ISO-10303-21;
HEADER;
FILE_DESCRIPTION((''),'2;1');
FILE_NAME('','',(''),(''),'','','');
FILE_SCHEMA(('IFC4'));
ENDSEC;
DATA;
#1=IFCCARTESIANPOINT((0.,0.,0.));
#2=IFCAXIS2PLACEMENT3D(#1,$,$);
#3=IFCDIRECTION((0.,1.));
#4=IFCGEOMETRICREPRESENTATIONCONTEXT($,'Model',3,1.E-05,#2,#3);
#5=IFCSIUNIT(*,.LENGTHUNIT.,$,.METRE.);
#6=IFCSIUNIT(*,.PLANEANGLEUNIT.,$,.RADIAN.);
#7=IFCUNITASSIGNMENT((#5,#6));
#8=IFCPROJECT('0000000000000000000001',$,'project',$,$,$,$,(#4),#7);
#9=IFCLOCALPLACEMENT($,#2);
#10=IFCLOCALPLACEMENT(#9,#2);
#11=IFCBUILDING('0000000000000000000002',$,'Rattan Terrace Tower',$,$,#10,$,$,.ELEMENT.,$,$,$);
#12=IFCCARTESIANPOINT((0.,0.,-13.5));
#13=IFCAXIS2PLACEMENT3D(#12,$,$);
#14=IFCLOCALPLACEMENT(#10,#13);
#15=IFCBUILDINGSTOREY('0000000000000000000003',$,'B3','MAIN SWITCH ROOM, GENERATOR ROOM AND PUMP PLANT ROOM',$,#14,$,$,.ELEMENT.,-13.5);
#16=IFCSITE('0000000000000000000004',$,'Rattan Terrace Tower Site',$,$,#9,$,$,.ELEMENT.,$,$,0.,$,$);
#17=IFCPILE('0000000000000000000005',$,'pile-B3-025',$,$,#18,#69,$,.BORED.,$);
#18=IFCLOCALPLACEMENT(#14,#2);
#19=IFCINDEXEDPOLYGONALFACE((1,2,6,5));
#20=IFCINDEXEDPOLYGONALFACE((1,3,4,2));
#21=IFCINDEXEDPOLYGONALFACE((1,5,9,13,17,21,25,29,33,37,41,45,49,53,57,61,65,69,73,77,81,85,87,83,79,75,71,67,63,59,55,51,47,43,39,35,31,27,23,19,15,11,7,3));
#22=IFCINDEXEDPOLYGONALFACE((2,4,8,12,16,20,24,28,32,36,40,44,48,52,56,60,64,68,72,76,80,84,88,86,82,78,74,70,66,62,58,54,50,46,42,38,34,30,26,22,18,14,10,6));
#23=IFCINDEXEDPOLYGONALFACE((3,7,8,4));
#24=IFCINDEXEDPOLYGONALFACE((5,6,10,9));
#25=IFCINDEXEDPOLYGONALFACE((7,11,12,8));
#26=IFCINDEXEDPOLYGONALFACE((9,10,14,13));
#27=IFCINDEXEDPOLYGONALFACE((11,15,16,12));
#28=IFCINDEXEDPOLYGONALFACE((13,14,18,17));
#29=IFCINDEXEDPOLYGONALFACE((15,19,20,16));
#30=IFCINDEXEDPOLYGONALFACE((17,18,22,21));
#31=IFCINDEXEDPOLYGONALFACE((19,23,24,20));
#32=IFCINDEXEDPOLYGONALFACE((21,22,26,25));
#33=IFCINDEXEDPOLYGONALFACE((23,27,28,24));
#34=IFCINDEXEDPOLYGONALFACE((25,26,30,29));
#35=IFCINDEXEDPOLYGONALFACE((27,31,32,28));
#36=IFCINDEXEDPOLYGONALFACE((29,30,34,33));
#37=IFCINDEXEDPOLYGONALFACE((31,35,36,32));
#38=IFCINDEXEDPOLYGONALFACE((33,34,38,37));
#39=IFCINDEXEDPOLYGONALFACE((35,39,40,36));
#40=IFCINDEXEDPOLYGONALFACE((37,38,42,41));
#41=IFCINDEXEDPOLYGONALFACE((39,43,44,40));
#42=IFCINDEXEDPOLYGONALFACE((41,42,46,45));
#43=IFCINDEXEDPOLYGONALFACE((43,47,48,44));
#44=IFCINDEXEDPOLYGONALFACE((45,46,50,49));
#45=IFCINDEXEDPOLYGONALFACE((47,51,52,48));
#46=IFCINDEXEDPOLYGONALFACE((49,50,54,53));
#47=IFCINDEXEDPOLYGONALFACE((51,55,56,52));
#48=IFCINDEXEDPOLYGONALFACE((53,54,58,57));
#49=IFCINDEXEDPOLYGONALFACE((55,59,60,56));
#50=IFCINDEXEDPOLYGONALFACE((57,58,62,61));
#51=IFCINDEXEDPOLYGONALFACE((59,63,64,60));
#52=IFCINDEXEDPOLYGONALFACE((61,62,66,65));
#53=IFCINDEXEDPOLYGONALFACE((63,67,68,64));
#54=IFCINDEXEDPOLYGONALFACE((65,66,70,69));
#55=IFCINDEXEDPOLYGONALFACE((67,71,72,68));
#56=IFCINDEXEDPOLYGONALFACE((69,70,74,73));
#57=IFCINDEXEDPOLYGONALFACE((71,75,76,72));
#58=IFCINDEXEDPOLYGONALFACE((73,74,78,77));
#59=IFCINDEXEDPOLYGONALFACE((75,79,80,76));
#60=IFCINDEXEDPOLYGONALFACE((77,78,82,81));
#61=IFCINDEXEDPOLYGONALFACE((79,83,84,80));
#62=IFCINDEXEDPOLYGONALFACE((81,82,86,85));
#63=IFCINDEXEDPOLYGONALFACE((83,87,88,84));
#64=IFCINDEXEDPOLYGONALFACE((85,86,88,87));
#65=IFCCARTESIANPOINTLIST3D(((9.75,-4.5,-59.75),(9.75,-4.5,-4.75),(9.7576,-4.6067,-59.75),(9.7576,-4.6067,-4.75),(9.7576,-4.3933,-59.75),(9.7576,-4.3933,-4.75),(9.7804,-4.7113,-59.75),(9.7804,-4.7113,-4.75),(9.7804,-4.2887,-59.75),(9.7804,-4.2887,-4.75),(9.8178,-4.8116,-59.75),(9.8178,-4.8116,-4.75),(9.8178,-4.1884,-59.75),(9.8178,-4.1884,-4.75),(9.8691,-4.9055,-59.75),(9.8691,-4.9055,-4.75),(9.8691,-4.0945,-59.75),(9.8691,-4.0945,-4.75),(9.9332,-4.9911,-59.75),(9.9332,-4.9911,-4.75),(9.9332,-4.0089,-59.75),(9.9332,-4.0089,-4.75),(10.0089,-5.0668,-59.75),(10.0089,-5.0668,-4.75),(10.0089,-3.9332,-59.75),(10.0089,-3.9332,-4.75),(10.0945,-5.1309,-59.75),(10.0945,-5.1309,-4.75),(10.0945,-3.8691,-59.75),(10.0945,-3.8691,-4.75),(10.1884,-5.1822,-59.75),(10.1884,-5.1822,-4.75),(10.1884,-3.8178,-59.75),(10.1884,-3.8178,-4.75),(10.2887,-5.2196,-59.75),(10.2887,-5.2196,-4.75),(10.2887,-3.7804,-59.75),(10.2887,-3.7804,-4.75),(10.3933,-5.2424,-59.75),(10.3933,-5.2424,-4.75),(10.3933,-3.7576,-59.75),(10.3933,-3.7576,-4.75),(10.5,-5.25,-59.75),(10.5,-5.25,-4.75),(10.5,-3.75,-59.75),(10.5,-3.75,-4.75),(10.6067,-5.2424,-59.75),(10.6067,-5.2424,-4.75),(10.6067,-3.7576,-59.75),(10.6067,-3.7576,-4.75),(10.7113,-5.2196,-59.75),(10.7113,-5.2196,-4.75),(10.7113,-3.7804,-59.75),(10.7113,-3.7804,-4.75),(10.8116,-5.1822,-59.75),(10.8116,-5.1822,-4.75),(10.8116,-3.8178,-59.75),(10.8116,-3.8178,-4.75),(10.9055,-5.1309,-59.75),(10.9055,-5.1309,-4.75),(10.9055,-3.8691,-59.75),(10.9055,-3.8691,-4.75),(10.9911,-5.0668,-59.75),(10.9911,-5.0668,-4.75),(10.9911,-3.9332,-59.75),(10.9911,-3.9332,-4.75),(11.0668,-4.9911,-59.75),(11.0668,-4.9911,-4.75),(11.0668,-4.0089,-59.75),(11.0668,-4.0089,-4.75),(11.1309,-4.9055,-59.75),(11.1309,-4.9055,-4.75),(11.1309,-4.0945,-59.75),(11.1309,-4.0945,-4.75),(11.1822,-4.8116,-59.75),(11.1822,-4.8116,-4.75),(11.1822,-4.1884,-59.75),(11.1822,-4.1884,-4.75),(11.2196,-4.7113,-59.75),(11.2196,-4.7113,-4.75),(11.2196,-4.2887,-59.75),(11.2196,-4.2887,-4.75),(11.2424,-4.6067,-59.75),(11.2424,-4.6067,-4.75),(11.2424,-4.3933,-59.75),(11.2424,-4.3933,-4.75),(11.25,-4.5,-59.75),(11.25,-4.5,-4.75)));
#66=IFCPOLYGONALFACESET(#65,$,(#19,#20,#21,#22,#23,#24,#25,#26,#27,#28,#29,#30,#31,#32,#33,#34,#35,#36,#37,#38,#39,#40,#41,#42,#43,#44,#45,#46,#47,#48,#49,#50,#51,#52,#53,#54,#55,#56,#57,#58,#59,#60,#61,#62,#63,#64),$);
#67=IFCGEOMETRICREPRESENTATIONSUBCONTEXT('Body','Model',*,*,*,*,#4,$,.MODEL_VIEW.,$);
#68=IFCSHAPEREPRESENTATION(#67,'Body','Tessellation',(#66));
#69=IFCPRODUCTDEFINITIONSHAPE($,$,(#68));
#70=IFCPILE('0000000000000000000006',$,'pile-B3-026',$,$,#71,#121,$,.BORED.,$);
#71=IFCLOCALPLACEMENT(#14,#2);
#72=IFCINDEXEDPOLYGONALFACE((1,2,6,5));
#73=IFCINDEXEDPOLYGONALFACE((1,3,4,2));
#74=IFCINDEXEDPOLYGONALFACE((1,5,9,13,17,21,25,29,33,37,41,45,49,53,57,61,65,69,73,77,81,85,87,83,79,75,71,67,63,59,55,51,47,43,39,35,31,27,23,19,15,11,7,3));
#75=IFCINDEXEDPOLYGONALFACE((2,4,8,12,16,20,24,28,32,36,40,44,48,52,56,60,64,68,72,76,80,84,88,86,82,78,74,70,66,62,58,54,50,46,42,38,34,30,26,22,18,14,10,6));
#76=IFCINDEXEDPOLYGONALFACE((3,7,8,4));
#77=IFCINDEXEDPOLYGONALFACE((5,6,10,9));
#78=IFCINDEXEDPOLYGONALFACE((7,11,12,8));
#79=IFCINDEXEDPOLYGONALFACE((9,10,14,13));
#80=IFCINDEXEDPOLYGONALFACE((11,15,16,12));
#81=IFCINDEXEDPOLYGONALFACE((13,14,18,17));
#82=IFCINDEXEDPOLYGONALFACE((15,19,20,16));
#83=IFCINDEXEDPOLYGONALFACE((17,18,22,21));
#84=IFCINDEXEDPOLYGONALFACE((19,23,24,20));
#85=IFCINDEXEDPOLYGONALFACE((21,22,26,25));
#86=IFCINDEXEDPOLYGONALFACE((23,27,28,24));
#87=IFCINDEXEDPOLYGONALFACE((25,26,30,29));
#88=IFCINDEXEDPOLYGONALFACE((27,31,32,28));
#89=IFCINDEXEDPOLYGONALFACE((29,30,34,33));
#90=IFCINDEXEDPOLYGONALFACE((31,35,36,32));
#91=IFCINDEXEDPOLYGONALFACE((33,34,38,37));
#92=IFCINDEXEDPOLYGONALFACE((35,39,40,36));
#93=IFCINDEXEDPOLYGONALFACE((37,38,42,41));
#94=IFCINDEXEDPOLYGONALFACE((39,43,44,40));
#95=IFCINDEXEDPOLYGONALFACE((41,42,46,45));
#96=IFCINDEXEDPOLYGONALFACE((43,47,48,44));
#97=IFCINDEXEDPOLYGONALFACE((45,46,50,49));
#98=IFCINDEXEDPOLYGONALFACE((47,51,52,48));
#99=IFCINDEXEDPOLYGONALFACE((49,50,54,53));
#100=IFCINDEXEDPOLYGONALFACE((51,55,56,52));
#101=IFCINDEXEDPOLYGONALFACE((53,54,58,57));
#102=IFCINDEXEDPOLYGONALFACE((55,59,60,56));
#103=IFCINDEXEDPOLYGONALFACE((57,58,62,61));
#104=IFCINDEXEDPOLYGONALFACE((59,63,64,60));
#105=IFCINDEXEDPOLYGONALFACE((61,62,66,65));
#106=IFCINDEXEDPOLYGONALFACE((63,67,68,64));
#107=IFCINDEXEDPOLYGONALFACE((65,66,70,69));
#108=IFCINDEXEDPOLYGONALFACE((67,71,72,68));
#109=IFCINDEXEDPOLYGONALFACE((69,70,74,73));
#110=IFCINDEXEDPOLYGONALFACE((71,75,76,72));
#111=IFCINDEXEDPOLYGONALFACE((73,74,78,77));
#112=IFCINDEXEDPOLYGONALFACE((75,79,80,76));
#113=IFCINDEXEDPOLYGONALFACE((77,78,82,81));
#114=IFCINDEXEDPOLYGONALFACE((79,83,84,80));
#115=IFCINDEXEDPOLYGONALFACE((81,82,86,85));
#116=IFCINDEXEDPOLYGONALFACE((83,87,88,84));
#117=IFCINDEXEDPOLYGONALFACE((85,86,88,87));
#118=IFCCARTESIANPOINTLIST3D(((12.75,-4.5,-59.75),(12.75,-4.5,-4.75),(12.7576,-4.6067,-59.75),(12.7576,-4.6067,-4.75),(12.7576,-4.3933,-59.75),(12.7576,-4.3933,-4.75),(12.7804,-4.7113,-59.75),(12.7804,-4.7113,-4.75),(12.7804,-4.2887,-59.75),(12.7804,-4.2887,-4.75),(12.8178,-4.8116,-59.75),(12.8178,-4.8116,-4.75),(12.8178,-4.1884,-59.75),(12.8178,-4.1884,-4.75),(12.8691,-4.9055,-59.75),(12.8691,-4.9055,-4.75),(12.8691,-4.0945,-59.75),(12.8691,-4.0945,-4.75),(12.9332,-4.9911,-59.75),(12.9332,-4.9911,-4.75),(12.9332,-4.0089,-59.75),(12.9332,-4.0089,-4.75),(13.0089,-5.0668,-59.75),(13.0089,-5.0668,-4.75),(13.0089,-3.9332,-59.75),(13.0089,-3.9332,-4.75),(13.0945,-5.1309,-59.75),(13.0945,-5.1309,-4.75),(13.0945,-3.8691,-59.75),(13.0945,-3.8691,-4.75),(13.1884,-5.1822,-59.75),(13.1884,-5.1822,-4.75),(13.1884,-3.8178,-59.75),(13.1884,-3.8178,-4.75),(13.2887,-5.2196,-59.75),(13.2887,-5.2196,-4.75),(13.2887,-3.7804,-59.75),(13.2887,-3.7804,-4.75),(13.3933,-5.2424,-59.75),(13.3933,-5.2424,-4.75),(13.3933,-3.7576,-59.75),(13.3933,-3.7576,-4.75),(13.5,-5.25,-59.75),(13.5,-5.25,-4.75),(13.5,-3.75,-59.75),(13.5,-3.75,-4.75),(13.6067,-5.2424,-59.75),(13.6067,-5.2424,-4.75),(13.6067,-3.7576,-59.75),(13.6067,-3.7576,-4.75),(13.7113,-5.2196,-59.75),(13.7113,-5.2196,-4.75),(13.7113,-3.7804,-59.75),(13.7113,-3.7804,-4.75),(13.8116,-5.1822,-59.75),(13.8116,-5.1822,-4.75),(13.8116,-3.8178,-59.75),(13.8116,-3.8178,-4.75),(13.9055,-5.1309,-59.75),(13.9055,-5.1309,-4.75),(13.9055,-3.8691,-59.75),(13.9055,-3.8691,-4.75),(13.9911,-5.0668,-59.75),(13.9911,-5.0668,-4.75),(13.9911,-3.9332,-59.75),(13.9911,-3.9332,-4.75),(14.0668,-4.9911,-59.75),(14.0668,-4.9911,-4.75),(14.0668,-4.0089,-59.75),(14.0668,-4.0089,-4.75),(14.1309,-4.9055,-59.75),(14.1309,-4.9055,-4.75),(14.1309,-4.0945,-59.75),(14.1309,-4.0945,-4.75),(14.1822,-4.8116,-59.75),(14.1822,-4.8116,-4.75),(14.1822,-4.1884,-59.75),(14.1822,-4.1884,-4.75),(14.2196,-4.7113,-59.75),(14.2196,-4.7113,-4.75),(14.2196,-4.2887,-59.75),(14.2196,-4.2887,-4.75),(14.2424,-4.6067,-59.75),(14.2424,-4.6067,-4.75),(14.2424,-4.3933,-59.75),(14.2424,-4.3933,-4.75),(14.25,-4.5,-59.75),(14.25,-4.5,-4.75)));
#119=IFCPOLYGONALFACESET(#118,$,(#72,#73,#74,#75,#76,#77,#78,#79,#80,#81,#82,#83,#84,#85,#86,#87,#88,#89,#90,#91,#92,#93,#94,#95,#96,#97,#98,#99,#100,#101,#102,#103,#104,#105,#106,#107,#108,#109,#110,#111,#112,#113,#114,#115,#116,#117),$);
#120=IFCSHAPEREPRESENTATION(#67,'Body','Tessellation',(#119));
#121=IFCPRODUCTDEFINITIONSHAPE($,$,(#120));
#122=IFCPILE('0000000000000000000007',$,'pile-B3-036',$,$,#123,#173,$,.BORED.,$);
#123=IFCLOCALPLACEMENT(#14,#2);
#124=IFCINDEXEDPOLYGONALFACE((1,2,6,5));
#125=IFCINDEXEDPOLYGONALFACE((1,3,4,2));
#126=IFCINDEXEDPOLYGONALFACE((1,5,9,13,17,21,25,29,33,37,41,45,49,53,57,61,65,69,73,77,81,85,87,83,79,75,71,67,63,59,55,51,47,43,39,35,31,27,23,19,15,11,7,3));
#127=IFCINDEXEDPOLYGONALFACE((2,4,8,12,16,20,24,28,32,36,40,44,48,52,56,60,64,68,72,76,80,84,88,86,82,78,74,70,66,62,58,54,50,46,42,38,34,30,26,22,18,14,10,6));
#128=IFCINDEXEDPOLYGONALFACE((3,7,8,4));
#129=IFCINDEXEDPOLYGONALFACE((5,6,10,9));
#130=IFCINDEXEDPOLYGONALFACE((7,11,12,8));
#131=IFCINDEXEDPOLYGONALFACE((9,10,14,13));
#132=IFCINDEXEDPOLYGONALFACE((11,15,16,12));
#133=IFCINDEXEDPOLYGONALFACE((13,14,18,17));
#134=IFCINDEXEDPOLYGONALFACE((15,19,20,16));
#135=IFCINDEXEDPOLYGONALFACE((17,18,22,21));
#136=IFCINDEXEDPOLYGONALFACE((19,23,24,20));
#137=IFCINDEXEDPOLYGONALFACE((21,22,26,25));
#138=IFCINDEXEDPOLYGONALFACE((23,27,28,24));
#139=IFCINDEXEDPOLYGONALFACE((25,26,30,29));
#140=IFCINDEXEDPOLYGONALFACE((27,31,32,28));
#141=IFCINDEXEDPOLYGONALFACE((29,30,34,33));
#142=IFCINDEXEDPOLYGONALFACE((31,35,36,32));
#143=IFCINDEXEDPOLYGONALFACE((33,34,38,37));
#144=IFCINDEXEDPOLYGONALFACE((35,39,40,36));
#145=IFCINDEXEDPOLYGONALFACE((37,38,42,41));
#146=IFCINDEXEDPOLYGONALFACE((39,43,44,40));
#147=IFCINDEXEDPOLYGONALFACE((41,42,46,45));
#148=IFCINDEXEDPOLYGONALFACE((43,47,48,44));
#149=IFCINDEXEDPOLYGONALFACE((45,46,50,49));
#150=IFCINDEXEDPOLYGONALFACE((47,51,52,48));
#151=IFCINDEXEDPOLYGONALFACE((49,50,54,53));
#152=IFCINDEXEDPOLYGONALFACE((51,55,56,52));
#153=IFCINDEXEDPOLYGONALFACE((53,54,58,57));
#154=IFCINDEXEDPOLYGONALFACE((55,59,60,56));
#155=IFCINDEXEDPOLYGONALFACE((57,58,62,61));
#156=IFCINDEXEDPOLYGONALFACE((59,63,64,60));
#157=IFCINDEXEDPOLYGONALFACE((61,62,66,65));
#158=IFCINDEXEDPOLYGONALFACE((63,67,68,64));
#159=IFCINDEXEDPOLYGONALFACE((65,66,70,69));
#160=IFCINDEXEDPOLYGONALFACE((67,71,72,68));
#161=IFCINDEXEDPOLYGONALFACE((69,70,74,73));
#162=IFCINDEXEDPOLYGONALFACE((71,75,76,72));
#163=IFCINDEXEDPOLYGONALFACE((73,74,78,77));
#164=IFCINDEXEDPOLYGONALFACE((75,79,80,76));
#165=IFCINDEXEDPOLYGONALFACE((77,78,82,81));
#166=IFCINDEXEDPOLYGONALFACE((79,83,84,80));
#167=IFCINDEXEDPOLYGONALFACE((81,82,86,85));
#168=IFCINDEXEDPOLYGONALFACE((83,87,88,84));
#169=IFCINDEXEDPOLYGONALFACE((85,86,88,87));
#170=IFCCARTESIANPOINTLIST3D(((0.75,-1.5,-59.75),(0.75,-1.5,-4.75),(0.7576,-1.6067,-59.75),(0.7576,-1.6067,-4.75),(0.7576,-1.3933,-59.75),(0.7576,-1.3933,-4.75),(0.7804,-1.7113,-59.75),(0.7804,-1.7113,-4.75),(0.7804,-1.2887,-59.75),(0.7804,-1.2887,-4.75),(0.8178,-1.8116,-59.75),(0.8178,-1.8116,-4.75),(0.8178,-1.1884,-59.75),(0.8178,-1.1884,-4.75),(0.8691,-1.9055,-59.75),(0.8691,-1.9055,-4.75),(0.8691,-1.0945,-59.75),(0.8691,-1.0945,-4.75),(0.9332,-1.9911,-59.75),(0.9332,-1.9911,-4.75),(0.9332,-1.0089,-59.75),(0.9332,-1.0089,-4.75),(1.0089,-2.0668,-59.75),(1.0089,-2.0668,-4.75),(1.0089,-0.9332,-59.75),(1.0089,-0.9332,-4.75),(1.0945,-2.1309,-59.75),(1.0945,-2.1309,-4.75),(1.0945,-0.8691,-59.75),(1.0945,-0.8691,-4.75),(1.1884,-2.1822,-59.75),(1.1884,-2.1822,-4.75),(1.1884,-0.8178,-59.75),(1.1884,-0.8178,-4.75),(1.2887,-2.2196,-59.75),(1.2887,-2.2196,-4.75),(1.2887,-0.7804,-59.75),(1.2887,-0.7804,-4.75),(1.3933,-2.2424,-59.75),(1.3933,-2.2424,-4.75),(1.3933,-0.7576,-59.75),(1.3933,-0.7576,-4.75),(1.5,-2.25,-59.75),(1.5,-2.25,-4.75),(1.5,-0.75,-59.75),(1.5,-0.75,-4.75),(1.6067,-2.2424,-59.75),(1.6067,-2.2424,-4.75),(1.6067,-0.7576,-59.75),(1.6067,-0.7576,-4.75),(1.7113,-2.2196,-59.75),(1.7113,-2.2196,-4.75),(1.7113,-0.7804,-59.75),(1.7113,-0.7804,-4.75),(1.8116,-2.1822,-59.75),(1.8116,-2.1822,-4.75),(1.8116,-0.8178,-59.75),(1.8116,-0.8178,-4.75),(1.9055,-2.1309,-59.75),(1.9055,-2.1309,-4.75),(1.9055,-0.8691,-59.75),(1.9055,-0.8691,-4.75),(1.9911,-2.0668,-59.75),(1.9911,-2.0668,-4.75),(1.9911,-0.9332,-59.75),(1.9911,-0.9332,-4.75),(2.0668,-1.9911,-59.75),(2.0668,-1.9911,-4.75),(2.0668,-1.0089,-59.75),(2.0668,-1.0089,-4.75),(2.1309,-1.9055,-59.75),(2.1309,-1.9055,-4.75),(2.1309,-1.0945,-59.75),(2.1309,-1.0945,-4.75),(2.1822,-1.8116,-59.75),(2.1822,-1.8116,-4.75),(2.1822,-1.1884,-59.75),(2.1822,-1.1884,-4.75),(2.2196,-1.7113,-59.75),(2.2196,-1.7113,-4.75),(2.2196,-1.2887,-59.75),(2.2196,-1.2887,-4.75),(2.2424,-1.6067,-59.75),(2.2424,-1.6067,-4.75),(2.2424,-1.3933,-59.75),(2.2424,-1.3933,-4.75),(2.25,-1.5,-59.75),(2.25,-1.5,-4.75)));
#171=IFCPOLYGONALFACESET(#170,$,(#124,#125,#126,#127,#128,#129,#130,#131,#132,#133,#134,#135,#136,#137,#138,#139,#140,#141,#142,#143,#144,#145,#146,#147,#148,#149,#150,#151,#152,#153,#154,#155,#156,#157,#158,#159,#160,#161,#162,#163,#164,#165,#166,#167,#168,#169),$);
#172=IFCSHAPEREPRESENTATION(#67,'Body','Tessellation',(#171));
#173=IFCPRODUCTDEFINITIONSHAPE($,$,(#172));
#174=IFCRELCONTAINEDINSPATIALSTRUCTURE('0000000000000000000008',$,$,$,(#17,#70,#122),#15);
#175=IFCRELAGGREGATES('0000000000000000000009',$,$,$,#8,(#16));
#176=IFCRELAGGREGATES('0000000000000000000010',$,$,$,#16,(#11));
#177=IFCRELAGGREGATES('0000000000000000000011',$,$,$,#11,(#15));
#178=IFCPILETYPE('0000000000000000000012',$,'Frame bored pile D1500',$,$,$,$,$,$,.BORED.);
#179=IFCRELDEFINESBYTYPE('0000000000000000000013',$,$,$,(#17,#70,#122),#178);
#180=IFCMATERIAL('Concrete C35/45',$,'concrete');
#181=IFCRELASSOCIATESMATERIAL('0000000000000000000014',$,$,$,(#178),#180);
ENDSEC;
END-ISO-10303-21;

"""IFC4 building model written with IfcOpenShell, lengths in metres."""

from ifc_helpers import new_model, si_unit, direction, frame, origin, origin_2d, place, context, subcontext, project, spatial, circle, extrude, material, material_profile, profile_set, type_object, element, save


model = new_model("IFC4")

# Units and contexts
model_context = context("Model", 3, precision=1e-05, world=origin(), true_north=direction((0.0, 1.0)))
body_context = subcontext(model_context, "Body", "Model", "MODEL_VIEW")
ifc_project = project(units=[si_unit("LENGTHUNIT", "METRE"), si_unit("PLANEANGLEUNIT", "RADIAN")], contexts=[model_context])

# Site, building, storey
site_placement = place(None, origin())
site = spatial("IfcSite", under=ifc_project, at=site_placement, Name="Rattan Terrace Tower Site", CompositionType="ELEMENT", RefElevation=0.0)
building_placement = place(site_placement, origin())
building = spatial("IfcBuilding", under=site, at=building_placement, Name="Rattan Terrace Tower", CompositionType="ELEMENT")
storey_placement = place(building_placement, frame((0.0, 0.0, -13.5)))
storey = spatial("IfcBuildingStorey", under=building, at=storey_placement, Name="B3", Description="MAIN SWITCH ROOM, GENERATOR ROOM AND PUMP PLANT ROOM", CompositionType="ELEMENT", Elevation=-13.5)

# Piles
ifc_material_1 = material(Name="Concrete C35/45", Category="concrete")
ifc_material_profile = material_profile(ifc_material_1, circle(Radius=0.75, at=origin_2d()), Name="PILE D1500")
ifc_profile_set = profile_set([ifc_material_profile], Name="Concrete C35/45")
pile_type = type_object("IfcPileType", Name="Frame bored pile D1500", PredefinedType="BORED", material=ifc_profile_set)
for number, where, z_axis, x_axis, name in (
    (1, (10.5, -4.5, -4.75), (0.0, 0.0, -1.0), (1.0, 0.0, 0.0), "pile-B3-025"),
    (2, (13.5, -4.5, -4.75), (0.0, 0.0, -1.0), (1.0, 0.0, 0.0), "pile-B3-026"),
    (3, (1.5, -1.5, -4.75), (0.0, 0.0, -1.0), (1.0, 0.0, 0.0), "pile-B3-036"),
):
    element("IfcPile", number, at=place(storey_placement, frame(where, z_axis=z_axis, x_axis=x_axis)), inside=storey, type_object=pile_type, Name=name, PredefinedType="BORED", context=body_context, shape_type="SweptSolid", body=[
        extrude(circle(Radius=0.75, at=origin_2d()), origin(), (0.0, 0.0, 1.0), 55.0),
    ])

save(model, "model.ifc")
